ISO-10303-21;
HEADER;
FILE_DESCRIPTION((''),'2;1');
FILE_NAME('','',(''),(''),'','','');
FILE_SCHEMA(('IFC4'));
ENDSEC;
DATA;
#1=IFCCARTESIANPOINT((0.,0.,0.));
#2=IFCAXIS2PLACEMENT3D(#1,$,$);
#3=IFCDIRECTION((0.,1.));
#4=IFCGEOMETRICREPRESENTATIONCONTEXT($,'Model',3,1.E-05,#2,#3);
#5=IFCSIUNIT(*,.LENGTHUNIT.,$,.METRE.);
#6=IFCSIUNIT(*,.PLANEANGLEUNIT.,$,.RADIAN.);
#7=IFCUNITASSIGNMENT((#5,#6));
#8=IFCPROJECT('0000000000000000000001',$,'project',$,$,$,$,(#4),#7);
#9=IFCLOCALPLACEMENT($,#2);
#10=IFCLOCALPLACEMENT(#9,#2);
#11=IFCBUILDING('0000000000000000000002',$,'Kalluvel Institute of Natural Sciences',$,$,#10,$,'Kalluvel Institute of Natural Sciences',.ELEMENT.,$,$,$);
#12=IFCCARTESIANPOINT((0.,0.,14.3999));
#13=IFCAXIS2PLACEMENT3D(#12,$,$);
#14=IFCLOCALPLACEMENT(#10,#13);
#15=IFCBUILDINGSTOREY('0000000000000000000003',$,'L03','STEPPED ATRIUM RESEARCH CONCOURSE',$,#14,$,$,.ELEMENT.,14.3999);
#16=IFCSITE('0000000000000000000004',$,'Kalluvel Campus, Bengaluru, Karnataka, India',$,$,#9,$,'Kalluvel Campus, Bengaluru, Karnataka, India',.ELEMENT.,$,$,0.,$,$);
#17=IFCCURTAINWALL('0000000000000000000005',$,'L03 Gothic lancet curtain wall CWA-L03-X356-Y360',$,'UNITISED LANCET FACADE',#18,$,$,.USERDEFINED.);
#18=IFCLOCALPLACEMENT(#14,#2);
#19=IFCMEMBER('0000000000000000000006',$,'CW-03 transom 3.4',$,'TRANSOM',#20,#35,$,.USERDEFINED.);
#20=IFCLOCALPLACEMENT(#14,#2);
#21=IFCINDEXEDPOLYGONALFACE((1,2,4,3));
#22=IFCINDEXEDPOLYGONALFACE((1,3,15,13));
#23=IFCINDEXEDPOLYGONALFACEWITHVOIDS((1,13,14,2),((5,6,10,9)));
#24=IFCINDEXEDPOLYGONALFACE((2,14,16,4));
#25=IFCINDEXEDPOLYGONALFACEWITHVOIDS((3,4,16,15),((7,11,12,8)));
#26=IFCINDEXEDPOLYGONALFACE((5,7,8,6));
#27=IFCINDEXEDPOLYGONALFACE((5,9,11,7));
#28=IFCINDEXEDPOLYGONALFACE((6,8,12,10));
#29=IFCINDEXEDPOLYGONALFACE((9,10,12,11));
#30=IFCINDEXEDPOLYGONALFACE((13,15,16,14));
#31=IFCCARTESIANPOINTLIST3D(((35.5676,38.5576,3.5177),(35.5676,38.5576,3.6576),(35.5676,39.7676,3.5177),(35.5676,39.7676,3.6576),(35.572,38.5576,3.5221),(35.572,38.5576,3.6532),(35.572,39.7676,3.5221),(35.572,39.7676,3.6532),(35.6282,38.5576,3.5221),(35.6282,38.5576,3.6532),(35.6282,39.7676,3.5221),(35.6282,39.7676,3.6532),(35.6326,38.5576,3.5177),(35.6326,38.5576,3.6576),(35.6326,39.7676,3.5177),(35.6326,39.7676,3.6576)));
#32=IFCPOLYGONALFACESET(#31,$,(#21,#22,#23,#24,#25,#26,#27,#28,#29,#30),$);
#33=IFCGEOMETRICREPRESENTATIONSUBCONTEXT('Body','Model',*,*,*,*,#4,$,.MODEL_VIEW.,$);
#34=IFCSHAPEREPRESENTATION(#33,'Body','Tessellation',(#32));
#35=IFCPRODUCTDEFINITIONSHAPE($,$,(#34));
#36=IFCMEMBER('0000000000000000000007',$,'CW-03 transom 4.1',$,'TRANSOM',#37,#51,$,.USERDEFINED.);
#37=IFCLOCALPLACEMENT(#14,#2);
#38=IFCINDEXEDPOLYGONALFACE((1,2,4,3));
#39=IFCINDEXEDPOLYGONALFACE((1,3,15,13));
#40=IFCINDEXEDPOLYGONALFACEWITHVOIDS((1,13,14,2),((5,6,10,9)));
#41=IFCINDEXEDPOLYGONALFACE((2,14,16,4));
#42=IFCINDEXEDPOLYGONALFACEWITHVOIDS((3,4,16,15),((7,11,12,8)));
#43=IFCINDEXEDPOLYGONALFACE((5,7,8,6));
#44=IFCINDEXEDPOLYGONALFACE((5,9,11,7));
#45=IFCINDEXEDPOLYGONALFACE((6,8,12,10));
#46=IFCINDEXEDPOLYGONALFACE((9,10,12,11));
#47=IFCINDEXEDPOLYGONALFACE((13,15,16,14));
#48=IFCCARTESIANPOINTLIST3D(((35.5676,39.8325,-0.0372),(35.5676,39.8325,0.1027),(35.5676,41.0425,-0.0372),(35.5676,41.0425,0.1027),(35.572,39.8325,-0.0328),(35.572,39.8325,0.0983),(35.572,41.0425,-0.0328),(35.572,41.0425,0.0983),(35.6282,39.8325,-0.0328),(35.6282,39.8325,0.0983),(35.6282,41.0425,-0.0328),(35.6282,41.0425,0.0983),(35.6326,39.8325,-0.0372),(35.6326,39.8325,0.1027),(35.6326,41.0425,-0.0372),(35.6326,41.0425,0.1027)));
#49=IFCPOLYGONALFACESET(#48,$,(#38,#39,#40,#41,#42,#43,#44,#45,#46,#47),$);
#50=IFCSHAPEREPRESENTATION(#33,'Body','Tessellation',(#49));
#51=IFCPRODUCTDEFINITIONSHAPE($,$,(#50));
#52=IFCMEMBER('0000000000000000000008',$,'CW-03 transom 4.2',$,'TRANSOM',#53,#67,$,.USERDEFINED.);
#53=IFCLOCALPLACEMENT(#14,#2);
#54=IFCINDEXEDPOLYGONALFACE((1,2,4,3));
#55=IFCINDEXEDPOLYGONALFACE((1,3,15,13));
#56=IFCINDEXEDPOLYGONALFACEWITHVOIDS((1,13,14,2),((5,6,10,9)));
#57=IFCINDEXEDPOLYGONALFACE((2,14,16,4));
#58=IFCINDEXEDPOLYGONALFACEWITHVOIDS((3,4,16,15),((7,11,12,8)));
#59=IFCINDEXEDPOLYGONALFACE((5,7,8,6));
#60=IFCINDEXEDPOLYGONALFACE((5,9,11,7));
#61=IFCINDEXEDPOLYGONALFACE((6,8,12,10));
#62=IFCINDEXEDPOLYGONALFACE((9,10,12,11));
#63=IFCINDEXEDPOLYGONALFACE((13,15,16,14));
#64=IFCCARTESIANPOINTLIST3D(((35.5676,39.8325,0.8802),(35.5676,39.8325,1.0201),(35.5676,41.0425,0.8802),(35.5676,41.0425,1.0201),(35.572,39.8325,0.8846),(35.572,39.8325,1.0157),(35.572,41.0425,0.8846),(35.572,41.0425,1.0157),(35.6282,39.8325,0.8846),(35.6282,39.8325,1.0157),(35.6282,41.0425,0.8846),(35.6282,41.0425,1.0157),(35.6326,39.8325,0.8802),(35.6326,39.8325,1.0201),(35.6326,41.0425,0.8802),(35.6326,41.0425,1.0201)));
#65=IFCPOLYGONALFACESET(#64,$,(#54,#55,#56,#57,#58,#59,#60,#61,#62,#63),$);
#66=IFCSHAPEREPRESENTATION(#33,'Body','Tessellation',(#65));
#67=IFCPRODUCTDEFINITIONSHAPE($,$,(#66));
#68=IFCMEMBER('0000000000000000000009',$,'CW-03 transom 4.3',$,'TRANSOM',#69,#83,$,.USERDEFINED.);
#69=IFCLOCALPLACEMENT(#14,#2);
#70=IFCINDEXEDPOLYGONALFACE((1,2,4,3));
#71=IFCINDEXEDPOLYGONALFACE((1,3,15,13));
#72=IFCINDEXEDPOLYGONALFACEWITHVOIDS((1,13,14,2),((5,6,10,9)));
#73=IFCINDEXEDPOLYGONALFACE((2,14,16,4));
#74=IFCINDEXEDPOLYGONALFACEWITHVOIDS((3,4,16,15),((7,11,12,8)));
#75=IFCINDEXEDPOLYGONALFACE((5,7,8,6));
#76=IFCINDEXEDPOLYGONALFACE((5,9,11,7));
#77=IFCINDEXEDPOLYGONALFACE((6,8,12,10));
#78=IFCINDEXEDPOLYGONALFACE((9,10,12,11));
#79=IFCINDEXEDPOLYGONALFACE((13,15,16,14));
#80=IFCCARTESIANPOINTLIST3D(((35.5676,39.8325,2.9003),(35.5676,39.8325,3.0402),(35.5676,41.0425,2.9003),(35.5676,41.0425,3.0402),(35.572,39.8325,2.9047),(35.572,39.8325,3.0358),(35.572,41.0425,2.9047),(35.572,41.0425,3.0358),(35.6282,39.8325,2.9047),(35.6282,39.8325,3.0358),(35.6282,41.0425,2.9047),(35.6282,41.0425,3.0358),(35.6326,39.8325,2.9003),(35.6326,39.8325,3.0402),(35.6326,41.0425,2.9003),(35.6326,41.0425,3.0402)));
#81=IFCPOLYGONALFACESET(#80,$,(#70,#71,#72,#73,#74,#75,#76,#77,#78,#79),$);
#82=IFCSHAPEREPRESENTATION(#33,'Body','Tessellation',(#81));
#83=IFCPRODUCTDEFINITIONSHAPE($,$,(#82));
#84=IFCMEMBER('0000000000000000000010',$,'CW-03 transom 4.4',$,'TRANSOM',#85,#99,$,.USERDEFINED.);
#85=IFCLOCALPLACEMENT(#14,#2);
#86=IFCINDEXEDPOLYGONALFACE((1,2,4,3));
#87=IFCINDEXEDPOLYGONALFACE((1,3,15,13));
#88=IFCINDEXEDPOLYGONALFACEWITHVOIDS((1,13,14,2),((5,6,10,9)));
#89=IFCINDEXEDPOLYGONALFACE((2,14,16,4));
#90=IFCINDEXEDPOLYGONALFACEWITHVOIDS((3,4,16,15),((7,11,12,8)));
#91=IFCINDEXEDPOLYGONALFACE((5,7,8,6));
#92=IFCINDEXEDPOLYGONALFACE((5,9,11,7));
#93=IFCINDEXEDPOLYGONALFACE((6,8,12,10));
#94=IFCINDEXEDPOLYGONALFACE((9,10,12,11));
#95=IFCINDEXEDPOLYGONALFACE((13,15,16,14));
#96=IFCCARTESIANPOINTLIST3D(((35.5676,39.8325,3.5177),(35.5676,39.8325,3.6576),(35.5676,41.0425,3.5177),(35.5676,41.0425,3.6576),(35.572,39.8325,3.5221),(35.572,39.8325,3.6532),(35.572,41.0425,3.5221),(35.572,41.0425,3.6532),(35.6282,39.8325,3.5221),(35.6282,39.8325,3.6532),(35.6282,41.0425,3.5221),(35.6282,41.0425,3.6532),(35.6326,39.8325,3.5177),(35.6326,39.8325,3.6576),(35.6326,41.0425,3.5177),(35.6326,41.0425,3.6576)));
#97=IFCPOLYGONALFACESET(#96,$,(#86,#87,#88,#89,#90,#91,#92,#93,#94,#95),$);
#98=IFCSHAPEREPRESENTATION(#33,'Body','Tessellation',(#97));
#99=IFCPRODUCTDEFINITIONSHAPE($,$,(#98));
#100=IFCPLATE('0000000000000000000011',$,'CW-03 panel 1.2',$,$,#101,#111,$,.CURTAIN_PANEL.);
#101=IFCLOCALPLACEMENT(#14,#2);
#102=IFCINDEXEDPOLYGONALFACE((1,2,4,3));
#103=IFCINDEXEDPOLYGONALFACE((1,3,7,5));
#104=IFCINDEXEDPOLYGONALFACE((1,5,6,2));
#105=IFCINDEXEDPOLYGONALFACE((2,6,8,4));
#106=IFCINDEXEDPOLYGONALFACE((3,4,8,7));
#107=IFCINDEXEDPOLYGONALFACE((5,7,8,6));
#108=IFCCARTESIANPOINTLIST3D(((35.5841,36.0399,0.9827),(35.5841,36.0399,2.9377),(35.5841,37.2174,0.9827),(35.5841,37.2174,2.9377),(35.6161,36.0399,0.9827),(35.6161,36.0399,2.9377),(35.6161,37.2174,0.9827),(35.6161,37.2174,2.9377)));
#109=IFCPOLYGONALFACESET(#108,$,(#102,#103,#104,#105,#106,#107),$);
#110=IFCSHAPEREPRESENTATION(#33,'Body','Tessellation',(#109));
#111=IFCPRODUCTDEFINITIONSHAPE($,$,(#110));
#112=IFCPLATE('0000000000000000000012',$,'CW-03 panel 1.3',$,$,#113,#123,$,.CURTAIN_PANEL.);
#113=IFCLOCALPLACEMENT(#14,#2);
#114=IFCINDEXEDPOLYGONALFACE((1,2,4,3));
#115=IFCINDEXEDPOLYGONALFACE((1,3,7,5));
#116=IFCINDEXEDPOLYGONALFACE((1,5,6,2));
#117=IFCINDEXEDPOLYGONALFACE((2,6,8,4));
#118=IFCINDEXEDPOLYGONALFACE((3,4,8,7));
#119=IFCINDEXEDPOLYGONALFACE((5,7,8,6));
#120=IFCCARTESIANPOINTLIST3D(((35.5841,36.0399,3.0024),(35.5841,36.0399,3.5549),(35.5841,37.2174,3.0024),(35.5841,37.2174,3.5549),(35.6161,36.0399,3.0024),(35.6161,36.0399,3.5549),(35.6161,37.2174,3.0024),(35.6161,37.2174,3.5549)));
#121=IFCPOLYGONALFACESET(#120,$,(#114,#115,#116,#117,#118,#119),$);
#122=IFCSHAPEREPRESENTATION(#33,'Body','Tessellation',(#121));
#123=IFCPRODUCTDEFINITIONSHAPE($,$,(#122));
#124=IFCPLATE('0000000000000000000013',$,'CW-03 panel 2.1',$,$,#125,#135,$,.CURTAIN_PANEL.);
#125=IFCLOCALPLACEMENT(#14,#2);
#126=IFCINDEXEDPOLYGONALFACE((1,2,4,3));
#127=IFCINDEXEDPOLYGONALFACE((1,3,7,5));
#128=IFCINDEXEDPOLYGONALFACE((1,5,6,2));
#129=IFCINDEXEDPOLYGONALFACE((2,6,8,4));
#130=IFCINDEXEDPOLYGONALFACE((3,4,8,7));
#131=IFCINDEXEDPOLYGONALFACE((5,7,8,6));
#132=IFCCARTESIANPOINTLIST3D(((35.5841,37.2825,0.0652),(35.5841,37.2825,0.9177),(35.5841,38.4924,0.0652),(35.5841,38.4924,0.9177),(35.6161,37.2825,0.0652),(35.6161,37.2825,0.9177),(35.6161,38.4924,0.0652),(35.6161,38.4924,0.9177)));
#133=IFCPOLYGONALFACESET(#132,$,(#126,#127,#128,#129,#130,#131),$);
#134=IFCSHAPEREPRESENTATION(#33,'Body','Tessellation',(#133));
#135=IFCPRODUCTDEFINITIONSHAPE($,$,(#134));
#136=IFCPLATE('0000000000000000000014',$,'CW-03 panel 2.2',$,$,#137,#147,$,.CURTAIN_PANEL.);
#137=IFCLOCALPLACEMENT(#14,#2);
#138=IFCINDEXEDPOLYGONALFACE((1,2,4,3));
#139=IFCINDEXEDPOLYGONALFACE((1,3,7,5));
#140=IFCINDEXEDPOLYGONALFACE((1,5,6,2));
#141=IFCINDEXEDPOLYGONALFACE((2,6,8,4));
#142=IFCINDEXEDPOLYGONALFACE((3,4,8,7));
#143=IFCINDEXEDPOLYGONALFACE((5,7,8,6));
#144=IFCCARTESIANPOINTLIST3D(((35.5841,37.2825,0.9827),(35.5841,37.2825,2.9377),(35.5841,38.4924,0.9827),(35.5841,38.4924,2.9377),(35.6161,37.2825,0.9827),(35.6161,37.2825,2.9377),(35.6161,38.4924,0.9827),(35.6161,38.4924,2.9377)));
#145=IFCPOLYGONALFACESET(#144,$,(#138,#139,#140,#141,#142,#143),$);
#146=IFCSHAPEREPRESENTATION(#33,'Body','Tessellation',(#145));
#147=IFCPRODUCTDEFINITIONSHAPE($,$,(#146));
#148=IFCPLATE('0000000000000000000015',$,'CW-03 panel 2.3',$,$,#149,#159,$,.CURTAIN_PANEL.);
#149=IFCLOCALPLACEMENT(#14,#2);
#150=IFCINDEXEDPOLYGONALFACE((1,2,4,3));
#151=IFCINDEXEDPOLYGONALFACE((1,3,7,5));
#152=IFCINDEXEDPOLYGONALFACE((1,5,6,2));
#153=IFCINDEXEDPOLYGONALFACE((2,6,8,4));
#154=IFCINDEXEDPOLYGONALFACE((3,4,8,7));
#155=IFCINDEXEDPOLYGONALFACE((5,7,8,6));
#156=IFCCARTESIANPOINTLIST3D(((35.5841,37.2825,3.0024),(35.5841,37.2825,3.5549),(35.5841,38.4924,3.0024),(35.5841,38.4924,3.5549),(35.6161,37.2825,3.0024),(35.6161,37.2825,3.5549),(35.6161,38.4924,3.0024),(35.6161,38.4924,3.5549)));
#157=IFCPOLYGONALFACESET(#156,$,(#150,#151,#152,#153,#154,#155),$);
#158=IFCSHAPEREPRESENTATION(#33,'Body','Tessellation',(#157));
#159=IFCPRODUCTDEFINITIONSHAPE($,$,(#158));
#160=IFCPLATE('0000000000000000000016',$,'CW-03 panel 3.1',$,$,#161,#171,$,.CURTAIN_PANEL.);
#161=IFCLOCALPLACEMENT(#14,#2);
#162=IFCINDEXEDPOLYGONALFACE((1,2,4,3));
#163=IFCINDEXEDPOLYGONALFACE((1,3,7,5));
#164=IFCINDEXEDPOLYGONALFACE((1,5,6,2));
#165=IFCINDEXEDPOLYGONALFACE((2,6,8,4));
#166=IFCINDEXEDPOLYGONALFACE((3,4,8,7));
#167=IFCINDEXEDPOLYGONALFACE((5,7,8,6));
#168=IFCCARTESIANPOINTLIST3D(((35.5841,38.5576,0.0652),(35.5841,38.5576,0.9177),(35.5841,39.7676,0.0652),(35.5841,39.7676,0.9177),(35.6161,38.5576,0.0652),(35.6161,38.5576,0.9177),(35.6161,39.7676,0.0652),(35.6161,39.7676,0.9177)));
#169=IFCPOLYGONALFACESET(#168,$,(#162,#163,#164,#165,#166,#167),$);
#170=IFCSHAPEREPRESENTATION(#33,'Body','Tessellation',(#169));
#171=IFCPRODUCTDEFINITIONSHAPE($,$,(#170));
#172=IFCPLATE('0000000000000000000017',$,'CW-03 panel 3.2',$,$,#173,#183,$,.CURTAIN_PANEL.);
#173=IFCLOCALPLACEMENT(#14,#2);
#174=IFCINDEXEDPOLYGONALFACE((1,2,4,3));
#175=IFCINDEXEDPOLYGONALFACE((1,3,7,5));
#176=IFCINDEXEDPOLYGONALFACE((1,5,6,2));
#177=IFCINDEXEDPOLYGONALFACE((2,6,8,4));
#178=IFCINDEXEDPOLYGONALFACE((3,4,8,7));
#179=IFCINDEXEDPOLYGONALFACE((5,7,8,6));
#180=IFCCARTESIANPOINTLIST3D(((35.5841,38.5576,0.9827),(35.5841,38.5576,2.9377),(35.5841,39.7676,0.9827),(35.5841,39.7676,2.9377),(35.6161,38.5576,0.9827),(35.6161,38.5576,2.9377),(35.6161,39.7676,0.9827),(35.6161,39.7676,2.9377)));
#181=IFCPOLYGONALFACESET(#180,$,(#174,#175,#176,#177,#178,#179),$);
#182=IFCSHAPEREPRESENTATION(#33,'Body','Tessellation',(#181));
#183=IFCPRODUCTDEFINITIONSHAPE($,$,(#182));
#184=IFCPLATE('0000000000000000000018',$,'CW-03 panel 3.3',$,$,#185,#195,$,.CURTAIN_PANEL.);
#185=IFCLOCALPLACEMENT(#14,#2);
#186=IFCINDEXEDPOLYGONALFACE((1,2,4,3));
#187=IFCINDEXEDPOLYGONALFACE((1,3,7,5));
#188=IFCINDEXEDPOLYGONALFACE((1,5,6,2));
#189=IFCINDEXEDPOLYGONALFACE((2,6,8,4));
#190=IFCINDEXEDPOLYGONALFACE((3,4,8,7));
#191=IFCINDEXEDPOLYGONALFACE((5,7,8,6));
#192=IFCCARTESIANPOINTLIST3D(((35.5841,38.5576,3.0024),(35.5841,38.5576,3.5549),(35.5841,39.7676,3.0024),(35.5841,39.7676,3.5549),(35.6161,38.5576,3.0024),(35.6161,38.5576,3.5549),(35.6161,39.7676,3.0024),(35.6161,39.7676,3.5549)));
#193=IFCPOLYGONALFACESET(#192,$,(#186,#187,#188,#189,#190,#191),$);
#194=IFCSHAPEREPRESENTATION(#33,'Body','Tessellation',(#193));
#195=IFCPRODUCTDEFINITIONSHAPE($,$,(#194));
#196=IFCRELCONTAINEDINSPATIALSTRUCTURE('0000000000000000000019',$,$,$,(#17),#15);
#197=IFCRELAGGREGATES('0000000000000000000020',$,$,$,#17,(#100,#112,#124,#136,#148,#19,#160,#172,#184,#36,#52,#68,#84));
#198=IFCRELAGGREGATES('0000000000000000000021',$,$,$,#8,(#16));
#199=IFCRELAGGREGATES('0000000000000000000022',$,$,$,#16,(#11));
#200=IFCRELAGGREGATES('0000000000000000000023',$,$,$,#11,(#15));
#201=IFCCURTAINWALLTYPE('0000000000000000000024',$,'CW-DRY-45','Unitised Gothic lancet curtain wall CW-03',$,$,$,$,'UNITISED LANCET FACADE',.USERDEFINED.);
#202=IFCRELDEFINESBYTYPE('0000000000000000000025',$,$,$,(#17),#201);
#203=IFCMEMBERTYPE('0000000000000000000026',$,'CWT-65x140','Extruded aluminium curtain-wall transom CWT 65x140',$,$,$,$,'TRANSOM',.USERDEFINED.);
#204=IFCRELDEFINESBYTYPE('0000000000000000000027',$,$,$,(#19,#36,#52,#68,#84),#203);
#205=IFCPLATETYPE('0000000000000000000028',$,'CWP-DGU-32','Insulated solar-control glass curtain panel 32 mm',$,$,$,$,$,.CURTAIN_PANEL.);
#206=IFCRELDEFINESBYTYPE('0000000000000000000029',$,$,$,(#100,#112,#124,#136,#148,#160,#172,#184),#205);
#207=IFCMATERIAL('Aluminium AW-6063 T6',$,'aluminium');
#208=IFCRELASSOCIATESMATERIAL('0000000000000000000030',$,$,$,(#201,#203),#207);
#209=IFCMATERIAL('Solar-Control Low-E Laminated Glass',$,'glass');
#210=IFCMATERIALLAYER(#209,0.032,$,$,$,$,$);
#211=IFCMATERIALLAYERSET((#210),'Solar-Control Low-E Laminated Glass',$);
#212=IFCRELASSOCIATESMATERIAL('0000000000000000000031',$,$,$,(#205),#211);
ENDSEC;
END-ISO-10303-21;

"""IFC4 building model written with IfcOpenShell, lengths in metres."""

from ifc_helpers import new_model, si_unit, direction, frame, origin, origin_2d, place, context, subcontext, project, spatial, rectangle, hollow_rectangle, extrude, material, layer, layer_set, material_profile, profile_set, type_object, element, aggregate, save


model = new_model("IFC4")

# Units and contexts
model_context = context("Model", 3, precision=1e-05, world=origin(), true_north=direction((0.0, 1.0)))
body_context = subcontext(model_context, "Body", "Model", "MODEL_VIEW")
ifc_project = project(units=[si_unit("LENGTHUNIT", "METRE"), si_unit("PLANEANGLEUNIT", "RADIAN")], contexts=[model_context])

# Site, building, storey
site_placement = place(None, origin())
site = spatial("IfcSite", under=ifc_project, at=site_placement, Name="Kalluvel Campus, Bengaluru, Karnataka, India", LongName="Kalluvel Campus, Bengaluru, Karnataka, India", CompositionType="ELEMENT", RefElevation=0.0)
building_placement = place(site_placement, origin())
building = spatial("IfcBuilding", under=site, at=building_placement, Name="Kalluvel Institute of Natural Sciences", LongName="Kalluvel Institute of Natural Sciences", CompositionType="ELEMENT")
storey_placement = place(building_placement, frame((0.0, 0.0, 14.3999)))
storey = spatial("IfcBuildingStorey", under=building, at=storey_placement, Name="L03", Description="STEPPED ATRIUM RESEARCH CONCOURSE", CompositionType="ELEMENT", Elevation=14.3999)

# Curtain wall, members, plates
ifc_material_1 = material(Name="Aluminium AW-6063 T6", Category="aluminium")
curtain_wall_type = type_object("IfcCurtainWallType", Name="CW-DRY-45", Description="Unitised Gothic lancet curtain wall CW-03", ElementType="UNITISED LANCET FACADE", PredefinedType="USERDEFINED", material=ifc_material_1)
curtain_wall_placement = place(storey_placement, origin())
curtain_wall = element("IfcCurtainWall", 1, at=curtain_wall_placement, inside=storey, type_object=curtain_wall_type, Name="L03 Gothic lancet curtain wall CWA-L03-X356-Y360", ObjectType="UNITISED LANCET FACADE", PredefinedType="USERDEFINED")
ifc_material_profile_1 = material_profile(ifc_material_1, hollow_rectangle(XDim=0.0649, YDim=0.1399, WallThickness=0.0044, at=origin_2d()), Name="CWT 65x140")
ifc_profile_set_1 = profile_set([ifc_material_profile_1], Name="Aluminium AW-6063 T6")
member_type_1 = type_object("IfcMemberType", Name="CWT-65x140", Description="Extruded aluminium curtain-wall transom CWT 65x140", ElementType="TRANSOM", PredefinedType="USERDEFINED", material=ifc_profile_set_1)
member_1_placement = place(storey_placement, frame((35.6001, 38.5576, 3.5876), z_axis=(0.0, 1.0, 0.0), x_axis=(-1.0, 0.0, 0.0)))
member_1 = element("IfcMember", 2, at=member_1_placement, type_object=member_type_1, Name="CW-03 transom 3.4", ObjectType="TRANSOM", PredefinedType="USERDEFINED", context=body_context, shape_type="SweptSolid", body=[
    extrude(hollow_rectangle(XDim=0.0649, YDim=0.1399, WallThickness=0.0044, at=origin_2d()), origin(), (0.0, 0.0, 1.0), 1.21),
])
member_2_placement = place(storey_placement, frame((35.6001, 39.8325, 0.0327), z_axis=(0.0, 1.0, 0.0), x_axis=(-1.0, 0.0, 0.0)))
member_2 = element("IfcMember", 3, at=member_2_placement, type_object=member_type_1, Name="CW-03 transom 4.1", ObjectType="TRANSOM", PredefinedType="USERDEFINED", context=body_context, shape_type="SweptSolid", body=[
    extrude(hollow_rectangle(XDim=0.0649, YDim=0.1399, WallThickness=0.0044, at=origin_2d()), origin(), (0.0, 0.0, 1.0), 1.21),
])
member_3_placement = place(storey_placement, frame((35.6001, 39.8325, 0.9502), z_axis=(0.0, 1.0, 0.0), x_axis=(-1.0, 0.0, 0.0)))
member_3 = element("IfcMember", 4, at=member_3_placement, type_object=member_type_1, Name="CW-03 transom 4.2", ObjectType="TRANSOM", PredefinedType="USERDEFINED", context=body_context, shape_type="SweptSolid", body=[
    extrude(hollow_rectangle(XDim=0.0649, YDim=0.1399, WallThickness=0.0044, at=origin_2d()), origin(), (0.0, 0.0, 1.0), 1.21),
])
member_4_placement = place(storey_placement, frame((35.6001, 39.8325, 2.9702), z_axis=(0.0, 1.0, 0.0), x_axis=(-1.0, 0.0, 0.0)))
member_4 = element("IfcMember", 5, at=member_4_placement, type_object=member_type_1, Name="CW-03 transom 4.3", ObjectType="TRANSOM", PredefinedType="USERDEFINED", context=body_context, shape_type="SweptSolid", body=[
    extrude(hollow_rectangle(XDim=0.0649, YDim=0.1399, WallThickness=0.0044, at=origin_2d()), origin(), (0.0, 0.0, 1.0), 1.21),
])
member_5_placement = place(storey_placement, frame((35.6001, 39.8325, 3.5876), z_axis=(0.0, 1.0, 0.0), x_axis=(-1.0, 0.0, 0.0)))
member_5 = element("IfcMember", 6, at=member_5_placement, type_object=member_type_1, Name="CW-03 transom 4.4", ObjectType="TRANSOM", PredefinedType="USERDEFINED", context=body_context, shape_type="SweptSolid", body=[
    extrude(hollow_rectangle(XDim=0.0649, YDim=0.1399, WallThickness=0.0044, at=origin_2d()), origin(), (0.0, 0.0, 1.0), 1.21),
])
ifc_material_2 = material(Name="Solar-Control Low-E Laminated Glass", Category="glass")
ifc_layer = layer(ifc_material_2, 0.032)
ifc_layer_set = layer_set([ifc_layer], Name="Solar-Control Low-E Laminated Glass")
plate_type = type_object("IfcPlateType", Name="CWP-DGU-32", Description="Insulated solar-control glass curtain panel 32 mm", PredefinedType="CURTAIN_PANEL", material=ifc_layer_set)
plate_1_placement = place(storey_placement, frame((35.6001, 36.6287, 0.9827), z_axis=(0.0, 0.0, 1.0), x_axis=(0.0, 1.0, 0.0)))
plate_1 = element("IfcPlate", 7, at=plate_1_placement, type_object=plate_type, Name="CW-03 panel 1.2", PredefinedType="CURTAIN_PANEL", context=body_context, shape_type="SweptSolid", body=[
    extrude(rectangle(XDim=1.1775, YDim=0.032, at=origin_2d()), origin(), (0.0, 0.0, 1.0), 1.9551),
])
plate_2_placement = place(storey_placement, frame((35.6001, 36.6287, 3.0024), z_axis=(0.0, 0.0, 1.0), x_axis=(0.0, 1.0, 0.0)))
plate_2 = element("IfcPlate", 8, at=plate_2_placement, type_object=plate_type, Name="CW-03 panel 1.3", PredefinedType="CURTAIN_PANEL", context=body_context, shape_type="SweptSolid", body=[
    extrude(rectangle(XDim=1.1775, YDim=0.032, at=origin_2d()), origin(), (0.0, 0.0, 1.0), 0.5525),
])
plate_3_placement = place(storey_placement, frame((35.6001, 37.8875, 0.0652), z_axis=(0.0, 0.0, 1.0), x_axis=(0.0, 1.0, 0.0)))
plate_3 = element("IfcPlate", 9, at=plate_3_placement, type_object=plate_type, Name="CW-03 panel 2.1", PredefinedType="CURTAIN_PANEL", context=body_context, shape_type="SweptSolid", body=[
    extrude(rectangle(XDim=1.21, YDim=0.032, at=origin_2d()), origin(), (0.0, 0.0, 1.0), 0.8525),
])
plate_4_placement = place(storey_placement, frame((35.6001, 37.8875, 0.9827), z_axis=(0.0, 0.0, 1.0), x_axis=(0.0, 1.0, 0.0)))
plate_4 = element("IfcPlate", 10, at=plate_4_placement, type_object=plate_type, Name="CW-03 panel 2.2", PredefinedType="CURTAIN_PANEL", context=body_context, shape_type="SweptSolid", body=[
    extrude(rectangle(XDim=1.21, YDim=0.032, at=origin_2d()), origin(), (0.0, 0.0, 1.0), 1.9551),
])
plate_5_placement = place(storey_placement, frame((35.6001, 37.8875, 3.0024), z_axis=(0.0, 0.0, 1.0), x_axis=(0.0, 1.0, 0.0)))
plate_5 = element("IfcPlate", 11, at=plate_5_placement, type_object=plate_type, Name="CW-03 panel 2.3", PredefinedType="CURTAIN_PANEL", context=body_context, shape_type="SweptSolid", body=[
    extrude(rectangle(XDim=1.21, YDim=0.032, at=origin_2d()), origin(), (0.0, 0.0, 1.0), 0.5525),
])
plate_6_placement = place(storey_placement, frame((35.6001, 39.1626, 0.0652), z_axis=(0.0, 0.0, 1.0), x_axis=(0.0, 1.0, 0.0)))
plate_6 = element("IfcPlate", 12, at=plate_6_placement, type_object=plate_type, Name="CW-03 panel 3.1", PredefinedType="CURTAIN_PANEL", context=body_context, shape_type="SweptSolid", body=[
    extrude(rectangle(XDim=1.21, YDim=0.032, at=origin_2d()), origin(), (0.0, 0.0, 1.0), 0.8525),
])
plate_7_placement = place(storey_placement, frame((35.6001, 39.1626, 0.9827), z_axis=(0.0, 0.0, 1.0), x_axis=(0.0, 1.0, 0.0)))
plate_7 = element("IfcPlate", 13, at=plate_7_placement, type_object=plate_type, Name="CW-03 panel 3.2", PredefinedType="CURTAIN_PANEL", context=body_context, shape_type="SweptSolid", body=[
    extrude(rectangle(XDim=1.21, YDim=0.032, at=origin_2d()), origin(), (0.0, 0.0, 1.0), 1.9551),
])
plate_8_placement = place(storey_placement, frame((35.6001, 39.1626, 3.0024), z_axis=(0.0, 0.0, 1.0), x_axis=(0.0, 1.0, 0.0)))
plate_8 = element("IfcPlate", 14, at=plate_8_placement, type_object=plate_type, Name="CW-03 panel 3.3", PredefinedType="CURTAIN_PANEL", context=body_context, shape_type="SweptSolid", body=[
    extrude(rectangle(XDim=1.21, YDim=0.032, at=origin_2d()), origin(), (0.0, 0.0, 1.0), 0.5525),
])
aggregate(curtain_wall, [plate_1, plate_2, plate_3, plate_4, plate_5, member_1, plate_6, plate_7, plate_8, member_2, member_3, member_4, member_5])

save(model, "model.ifc")
